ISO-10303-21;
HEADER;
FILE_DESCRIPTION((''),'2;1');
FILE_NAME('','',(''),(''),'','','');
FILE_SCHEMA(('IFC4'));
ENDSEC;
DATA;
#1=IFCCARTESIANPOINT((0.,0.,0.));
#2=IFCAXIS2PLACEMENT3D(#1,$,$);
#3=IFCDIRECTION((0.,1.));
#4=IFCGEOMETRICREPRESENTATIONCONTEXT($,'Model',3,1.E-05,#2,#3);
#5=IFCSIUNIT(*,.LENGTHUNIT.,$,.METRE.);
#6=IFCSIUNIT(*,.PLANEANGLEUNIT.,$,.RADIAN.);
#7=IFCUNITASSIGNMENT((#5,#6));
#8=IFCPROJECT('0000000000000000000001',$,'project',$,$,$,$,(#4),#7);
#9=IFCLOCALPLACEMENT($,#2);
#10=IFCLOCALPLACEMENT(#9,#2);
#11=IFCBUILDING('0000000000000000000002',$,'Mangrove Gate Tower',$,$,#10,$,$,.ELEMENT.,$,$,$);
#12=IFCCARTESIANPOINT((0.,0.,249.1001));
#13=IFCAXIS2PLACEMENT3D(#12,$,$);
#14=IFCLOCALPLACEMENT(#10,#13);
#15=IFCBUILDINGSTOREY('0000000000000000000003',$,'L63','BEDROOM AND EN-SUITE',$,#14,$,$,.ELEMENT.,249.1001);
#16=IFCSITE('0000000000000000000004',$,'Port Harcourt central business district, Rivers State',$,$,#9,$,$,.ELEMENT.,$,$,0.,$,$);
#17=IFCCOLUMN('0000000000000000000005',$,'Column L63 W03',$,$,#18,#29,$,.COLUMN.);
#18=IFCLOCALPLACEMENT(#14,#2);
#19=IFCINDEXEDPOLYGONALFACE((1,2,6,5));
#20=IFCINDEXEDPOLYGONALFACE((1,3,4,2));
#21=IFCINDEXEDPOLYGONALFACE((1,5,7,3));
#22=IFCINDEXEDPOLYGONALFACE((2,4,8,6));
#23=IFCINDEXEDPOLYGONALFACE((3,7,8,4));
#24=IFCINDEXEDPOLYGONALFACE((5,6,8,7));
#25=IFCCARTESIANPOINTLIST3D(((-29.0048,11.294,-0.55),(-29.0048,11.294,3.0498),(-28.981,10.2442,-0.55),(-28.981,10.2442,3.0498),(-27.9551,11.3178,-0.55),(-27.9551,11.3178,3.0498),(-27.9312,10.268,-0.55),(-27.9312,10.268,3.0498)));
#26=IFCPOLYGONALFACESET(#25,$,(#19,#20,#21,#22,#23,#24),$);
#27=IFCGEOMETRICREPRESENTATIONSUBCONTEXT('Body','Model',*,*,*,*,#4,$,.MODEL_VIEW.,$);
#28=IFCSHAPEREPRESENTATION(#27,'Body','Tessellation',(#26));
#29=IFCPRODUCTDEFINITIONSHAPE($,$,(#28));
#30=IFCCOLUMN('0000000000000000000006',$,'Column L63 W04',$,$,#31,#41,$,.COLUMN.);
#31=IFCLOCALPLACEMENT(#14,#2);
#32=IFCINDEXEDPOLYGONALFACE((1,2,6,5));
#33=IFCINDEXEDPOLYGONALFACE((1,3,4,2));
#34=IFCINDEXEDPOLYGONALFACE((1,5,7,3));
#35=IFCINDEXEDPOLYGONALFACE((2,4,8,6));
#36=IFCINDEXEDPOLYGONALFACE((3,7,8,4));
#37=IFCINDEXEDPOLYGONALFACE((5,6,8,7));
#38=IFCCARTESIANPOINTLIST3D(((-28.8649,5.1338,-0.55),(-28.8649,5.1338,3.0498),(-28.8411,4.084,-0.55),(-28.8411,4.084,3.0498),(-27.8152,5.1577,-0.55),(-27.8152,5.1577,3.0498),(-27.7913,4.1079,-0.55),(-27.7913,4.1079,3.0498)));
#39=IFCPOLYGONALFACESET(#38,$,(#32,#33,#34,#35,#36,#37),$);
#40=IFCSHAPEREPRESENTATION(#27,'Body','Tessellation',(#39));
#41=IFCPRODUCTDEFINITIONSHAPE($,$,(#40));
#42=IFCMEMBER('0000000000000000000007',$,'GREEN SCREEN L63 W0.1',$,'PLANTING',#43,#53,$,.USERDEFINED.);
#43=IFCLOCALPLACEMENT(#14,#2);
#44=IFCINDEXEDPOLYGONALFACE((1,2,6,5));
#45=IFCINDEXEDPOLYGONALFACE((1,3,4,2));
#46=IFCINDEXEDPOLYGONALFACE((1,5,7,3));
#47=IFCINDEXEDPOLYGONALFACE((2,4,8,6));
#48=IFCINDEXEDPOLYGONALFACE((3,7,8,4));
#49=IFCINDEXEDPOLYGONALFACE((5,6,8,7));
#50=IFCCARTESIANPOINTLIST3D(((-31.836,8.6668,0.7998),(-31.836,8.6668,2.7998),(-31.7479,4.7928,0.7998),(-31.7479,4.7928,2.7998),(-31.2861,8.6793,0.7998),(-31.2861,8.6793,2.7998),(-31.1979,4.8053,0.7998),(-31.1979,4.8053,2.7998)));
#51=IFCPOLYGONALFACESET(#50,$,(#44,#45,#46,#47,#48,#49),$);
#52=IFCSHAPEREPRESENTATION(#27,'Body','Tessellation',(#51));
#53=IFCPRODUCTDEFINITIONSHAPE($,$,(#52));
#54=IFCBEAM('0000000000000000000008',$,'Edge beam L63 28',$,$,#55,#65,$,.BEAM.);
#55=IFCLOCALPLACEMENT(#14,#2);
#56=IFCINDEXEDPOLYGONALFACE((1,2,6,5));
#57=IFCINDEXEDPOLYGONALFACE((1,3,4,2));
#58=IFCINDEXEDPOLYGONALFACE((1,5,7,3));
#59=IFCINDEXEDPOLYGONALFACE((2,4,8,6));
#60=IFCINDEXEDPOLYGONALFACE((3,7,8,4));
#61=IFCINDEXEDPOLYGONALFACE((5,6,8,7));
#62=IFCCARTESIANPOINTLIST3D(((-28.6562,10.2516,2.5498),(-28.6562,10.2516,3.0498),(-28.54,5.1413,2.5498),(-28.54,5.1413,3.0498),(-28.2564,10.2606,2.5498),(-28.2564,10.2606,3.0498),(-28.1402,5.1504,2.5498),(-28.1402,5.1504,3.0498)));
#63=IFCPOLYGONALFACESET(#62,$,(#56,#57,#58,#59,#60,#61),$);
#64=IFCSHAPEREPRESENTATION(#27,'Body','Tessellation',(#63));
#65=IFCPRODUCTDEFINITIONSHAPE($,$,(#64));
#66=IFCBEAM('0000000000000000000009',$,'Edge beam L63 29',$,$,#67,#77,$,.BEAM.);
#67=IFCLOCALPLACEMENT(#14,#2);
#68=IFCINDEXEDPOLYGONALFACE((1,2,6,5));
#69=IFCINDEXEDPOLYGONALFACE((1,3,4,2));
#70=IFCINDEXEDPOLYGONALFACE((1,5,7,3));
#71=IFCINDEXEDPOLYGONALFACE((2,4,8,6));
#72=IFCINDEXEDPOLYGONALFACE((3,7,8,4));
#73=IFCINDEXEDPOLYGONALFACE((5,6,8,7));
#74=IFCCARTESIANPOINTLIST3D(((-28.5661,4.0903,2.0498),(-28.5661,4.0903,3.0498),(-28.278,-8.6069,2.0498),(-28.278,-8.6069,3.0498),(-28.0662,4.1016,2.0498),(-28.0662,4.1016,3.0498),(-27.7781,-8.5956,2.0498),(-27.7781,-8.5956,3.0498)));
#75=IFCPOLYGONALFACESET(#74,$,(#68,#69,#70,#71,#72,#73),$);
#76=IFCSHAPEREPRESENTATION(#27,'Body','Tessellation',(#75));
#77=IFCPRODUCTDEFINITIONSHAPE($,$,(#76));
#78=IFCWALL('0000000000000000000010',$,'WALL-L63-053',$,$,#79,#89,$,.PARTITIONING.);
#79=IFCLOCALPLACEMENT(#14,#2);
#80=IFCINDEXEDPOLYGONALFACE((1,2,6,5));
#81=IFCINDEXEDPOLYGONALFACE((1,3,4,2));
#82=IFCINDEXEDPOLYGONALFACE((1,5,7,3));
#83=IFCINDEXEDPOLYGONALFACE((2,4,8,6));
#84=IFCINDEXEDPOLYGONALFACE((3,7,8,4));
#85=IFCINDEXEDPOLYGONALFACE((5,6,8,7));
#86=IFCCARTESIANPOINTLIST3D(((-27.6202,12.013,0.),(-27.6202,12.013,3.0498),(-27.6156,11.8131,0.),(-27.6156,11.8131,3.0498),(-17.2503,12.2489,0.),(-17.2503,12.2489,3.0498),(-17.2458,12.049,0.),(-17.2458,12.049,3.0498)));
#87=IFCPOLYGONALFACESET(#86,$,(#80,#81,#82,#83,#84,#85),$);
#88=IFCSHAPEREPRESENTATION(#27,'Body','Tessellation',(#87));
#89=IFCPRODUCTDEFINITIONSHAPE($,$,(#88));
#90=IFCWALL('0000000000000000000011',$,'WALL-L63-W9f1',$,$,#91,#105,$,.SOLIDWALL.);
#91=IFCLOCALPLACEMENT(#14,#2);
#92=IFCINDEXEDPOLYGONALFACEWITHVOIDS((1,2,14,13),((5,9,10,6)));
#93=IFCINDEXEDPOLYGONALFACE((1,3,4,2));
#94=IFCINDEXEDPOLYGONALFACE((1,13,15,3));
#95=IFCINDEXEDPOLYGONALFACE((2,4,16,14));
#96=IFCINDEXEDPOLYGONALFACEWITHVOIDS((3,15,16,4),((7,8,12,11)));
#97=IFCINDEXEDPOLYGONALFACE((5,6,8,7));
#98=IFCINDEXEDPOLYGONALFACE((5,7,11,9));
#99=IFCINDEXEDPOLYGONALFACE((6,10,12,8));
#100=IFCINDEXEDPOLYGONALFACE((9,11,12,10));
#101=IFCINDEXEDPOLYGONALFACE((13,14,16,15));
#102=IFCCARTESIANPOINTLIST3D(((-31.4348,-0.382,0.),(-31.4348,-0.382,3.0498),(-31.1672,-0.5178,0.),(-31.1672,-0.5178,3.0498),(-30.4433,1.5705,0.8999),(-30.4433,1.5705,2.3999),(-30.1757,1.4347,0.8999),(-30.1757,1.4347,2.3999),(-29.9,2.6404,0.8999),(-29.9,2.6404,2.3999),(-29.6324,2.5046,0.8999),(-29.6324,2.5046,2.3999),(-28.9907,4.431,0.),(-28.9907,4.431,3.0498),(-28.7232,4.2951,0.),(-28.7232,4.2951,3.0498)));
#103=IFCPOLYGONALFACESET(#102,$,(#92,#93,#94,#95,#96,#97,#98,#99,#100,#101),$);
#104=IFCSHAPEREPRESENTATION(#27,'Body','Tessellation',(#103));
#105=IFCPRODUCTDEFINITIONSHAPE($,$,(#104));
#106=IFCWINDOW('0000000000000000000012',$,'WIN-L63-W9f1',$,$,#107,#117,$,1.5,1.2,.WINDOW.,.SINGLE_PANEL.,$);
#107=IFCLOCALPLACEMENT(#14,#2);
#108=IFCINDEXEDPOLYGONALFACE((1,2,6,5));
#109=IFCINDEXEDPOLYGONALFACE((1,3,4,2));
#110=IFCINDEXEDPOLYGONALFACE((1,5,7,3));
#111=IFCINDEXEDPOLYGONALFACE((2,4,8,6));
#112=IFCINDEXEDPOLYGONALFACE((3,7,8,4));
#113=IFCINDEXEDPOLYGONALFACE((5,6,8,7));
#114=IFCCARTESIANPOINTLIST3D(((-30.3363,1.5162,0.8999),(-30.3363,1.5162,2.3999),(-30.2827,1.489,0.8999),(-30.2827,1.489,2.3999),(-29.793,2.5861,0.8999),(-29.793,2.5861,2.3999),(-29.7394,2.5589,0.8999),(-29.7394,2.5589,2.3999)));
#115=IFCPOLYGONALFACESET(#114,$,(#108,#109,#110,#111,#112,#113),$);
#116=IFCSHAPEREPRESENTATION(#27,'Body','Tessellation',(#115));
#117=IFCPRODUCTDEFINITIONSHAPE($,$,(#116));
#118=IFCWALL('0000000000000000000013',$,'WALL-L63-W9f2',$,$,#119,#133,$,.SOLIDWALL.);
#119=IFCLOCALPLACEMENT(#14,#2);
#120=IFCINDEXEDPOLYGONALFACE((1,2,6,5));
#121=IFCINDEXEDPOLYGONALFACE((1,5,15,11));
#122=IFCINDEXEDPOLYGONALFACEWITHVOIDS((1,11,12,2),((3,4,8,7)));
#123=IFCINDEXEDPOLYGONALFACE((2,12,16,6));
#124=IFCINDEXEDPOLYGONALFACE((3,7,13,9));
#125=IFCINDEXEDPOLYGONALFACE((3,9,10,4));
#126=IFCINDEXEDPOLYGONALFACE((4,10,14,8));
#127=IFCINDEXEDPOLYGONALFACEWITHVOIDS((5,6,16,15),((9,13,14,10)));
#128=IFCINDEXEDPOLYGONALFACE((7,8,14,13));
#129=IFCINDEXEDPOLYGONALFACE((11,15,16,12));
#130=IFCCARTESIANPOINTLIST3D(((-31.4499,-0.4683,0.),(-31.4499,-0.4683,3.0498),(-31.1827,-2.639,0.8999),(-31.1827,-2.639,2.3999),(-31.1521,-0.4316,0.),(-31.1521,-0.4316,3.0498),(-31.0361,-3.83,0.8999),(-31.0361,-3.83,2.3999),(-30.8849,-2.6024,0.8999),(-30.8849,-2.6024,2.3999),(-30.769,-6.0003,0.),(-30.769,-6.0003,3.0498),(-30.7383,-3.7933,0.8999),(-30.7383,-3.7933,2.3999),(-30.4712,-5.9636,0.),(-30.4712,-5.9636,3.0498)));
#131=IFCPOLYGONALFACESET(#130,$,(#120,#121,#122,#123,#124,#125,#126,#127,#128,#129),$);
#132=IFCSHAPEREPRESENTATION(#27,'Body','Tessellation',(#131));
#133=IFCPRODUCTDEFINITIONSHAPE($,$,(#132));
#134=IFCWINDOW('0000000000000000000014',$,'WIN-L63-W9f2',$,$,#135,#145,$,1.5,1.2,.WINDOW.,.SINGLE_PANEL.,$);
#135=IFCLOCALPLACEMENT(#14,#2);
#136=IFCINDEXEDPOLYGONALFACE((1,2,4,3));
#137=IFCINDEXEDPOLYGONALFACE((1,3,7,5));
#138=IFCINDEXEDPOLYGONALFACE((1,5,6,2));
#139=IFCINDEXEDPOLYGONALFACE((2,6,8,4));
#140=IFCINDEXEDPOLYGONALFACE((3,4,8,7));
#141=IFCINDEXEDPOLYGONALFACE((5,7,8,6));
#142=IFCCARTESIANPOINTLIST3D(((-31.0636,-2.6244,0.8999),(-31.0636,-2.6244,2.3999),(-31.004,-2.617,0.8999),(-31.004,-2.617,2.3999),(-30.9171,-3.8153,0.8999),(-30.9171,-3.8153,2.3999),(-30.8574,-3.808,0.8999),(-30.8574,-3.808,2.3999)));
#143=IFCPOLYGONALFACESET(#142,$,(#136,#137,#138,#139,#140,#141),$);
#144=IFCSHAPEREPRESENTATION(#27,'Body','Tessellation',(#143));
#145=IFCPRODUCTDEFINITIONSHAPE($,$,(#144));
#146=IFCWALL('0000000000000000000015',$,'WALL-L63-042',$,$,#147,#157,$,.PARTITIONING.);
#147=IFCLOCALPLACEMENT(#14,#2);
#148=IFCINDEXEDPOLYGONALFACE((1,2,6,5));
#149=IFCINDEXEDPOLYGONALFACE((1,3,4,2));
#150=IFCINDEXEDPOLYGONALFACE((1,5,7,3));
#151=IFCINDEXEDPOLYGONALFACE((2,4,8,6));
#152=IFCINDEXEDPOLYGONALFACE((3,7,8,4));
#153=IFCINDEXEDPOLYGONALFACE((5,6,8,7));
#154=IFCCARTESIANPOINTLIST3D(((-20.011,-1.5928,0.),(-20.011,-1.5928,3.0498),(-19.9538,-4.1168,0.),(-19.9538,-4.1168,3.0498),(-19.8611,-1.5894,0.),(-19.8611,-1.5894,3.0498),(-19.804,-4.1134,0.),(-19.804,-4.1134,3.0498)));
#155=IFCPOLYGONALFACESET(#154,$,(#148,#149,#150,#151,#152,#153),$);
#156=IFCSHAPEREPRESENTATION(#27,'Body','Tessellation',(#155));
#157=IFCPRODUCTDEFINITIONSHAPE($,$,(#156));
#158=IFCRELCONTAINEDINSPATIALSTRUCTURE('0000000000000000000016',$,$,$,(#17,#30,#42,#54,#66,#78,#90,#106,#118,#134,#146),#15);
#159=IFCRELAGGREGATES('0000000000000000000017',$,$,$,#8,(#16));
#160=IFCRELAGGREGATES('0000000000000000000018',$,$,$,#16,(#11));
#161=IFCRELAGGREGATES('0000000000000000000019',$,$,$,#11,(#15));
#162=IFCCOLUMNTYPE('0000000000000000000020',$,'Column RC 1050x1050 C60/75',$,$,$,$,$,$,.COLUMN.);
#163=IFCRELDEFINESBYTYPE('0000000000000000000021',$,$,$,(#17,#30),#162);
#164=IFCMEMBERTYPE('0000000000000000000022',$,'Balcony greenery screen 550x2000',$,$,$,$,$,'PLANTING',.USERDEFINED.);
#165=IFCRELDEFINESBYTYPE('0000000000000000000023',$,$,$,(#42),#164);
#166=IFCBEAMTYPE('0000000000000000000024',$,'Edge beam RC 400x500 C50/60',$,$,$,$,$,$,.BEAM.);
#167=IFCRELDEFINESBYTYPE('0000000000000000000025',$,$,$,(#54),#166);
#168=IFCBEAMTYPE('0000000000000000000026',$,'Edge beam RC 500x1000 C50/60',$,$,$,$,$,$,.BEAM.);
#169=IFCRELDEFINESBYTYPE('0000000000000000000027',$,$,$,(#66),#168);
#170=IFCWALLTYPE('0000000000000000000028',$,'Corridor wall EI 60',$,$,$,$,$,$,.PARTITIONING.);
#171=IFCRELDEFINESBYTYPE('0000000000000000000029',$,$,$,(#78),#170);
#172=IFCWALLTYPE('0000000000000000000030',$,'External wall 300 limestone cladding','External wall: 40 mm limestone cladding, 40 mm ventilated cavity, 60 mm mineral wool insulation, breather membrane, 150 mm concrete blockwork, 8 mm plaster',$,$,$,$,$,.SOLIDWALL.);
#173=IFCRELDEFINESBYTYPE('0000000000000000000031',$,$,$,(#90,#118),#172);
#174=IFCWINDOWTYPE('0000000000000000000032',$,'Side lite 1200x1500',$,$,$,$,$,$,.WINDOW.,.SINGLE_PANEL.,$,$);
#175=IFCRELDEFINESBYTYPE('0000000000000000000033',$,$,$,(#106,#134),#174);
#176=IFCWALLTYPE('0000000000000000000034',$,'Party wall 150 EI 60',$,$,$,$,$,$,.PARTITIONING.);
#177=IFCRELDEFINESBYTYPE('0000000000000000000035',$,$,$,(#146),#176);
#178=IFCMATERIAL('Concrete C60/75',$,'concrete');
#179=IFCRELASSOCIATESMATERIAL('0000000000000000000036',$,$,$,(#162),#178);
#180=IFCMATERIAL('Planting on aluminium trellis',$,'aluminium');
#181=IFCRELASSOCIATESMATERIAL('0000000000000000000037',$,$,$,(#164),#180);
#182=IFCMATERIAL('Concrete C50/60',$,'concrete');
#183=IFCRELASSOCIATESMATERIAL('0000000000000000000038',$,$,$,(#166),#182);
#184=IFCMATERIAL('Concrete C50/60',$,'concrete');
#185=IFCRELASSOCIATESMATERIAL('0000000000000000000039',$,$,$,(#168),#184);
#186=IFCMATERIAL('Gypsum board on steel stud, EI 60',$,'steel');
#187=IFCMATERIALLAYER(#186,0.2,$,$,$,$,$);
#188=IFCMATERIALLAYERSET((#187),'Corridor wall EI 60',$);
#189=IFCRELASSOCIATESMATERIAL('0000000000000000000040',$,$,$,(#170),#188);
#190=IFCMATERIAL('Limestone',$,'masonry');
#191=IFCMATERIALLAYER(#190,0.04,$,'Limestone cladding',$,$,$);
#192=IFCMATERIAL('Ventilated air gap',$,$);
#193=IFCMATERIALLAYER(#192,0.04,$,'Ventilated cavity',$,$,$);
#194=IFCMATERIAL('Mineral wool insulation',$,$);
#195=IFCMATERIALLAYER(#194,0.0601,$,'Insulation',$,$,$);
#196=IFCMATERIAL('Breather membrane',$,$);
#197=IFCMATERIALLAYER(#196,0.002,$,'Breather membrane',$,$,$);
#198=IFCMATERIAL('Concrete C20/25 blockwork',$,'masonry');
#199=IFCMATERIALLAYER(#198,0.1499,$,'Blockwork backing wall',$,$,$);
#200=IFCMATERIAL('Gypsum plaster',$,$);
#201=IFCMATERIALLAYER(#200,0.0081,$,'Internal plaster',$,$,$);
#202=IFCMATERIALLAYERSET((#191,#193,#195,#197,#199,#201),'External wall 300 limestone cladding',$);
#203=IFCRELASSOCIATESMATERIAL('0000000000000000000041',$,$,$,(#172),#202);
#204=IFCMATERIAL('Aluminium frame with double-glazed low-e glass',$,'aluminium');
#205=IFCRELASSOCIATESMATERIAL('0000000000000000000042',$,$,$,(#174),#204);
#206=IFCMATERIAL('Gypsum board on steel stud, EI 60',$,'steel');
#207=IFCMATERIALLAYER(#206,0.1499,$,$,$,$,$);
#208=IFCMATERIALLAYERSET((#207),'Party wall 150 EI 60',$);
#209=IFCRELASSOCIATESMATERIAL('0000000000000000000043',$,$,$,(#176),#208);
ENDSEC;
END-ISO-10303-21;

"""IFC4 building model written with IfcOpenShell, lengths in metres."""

from ifc_helpers import new_model, si_unit, direction, frame, frame_2d, origin, origin_2d, place, context, subcontext, project, spatial, rectangle, extrude, material, layer, layer_set, material_profile, profile_set, type_object, element, fill, save


model = new_model("IFC4")

# Units and contexts
model_context = context("Model", 3, precision=1e-05, world=origin(), true_north=direction((0.0, 1.0)))
body_context = subcontext(model_context, "Body", "Model", "MODEL_VIEW")
ifc_project = project(units=[si_unit("LENGTHUNIT", "METRE"), si_unit("PLANEANGLEUNIT", "RADIAN")], contexts=[model_context])

# Site, building, storey
site_placement = place(None, origin())
site = spatial("IfcSite", under=ifc_project, at=site_placement, Name="Port Harcourt central business district, Rivers State", CompositionType="ELEMENT", RefElevation=0.0)
building_placement = place(site_placement, origin())
building = spatial("IfcBuilding", under=site, at=building_placement, Name="Mangrove Gate Tower", CompositionType="ELEMENT")
storey_placement = place(building_placement, frame((0.0, 0.0, 249.1001)))
storey = spatial("IfcBuildingStorey", under=building, at=storey_placement, Name="L63", Description="BEDROOM AND EN-SUITE", CompositionType="ELEMENT", Elevation=249.1001)

# Columns
ifc_material_1 = material(Name="Concrete C60/75", Category="concrete")
ifc_material_profile_1 = material_profile(ifc_material_1, rectangle(XDim=1.05, YDim=1.05, at=origin_2d()))
ifc_profile_set_1 = profile_set([ifc_material_profile_1], Name="Concrete C60/75")
column_type = type_object("IfcColumnType", Name="Column RC 1050x1050 C60/75", PredefinedType="COLUMN", material=ifc_profile_set_1)
for number, where, z_axis, x_axis, name in (
    (1, (-28.468, 10.781, -0.55), (0.0, 0.0, 1.0), (0.02272, -0.999742, 0.0), "Column L63 W03"),
    (2, (-28.3281, 4.6208, -0.55), (0.0, 0.0, 1.0), (0.0227, -0.999742, 0.0), "Column L63 W04"),
):
    element("IfcColumn", number, at=place(storey_placement, frame(where, z_axis=z_axis, x_axis=x_axis)), inside=storey, type_object=column_type, Name=name, PredefinedType="COLUMN", context=body_context, shape_type="SweptSolid", body=[
        extrude(rectangle(XDim=1.05, YDim=1.05, at=origin_2d()), origin(), (0.0, 0.0, 1.0), 3.5999),
    ])

# Member
ifc_material_2 = material(Name="Planting on aluminium trellis", Category="aluminium")
ifc_material_profile_2 = material_profile(ifc_material_2, rectangle(XDim=0.55, YDim=2.0, at=origin_2d()))
ifc_profile_set_2 = profile_set([ifc_material_profile_2], Name="Planting on aluminium trellis")
member_type = type_object("IfcMemberType", Name="Balcony greenery screen 550x2000", ElementType="PLANTING", PredefinedType="USERDEFINED", material=ifc_profile_set_2)
member_placement = place(storey_placement, frame((-31.4729, 4.7991, 1.7998), z_axis=(-0.022744, 0.999741, 0.0), x_axis=(-0.999741, -0.022744, 0.0)))
element("IfcMember", 3, at=member_placement, inside=storey, type_object=member_type, Name="GREEN SCREEN L63 W0.1", ObjectType="PLANTING", PredefinedType="USERDEFINED", context=body_context, shape_type="SweptSolid", body=[
    extrude(rectangle(XDim=0.55, YDim=2.0, at=origin_2d()), origin(), (0.0, 0.0, 1.0), 3.875),
])

# Beams
ifc_material_3 = material(Name="Concrete C50/60", Category="concrete")
ifc_material_profile_3 = material_profile(ifc_material_3, rectangle(XDim=0.3999, YDim=0.5, at=origin_2d()))
ifc_profile_set_3 = profile_set([ifc_material_profile_3], Name="Concrete C50/60")
beam_type_1 = type_object("IfcBeamType", Name="Edge beam RC 400x500 C50/60", PredefinedType="BEAM", material=ifc_profile_set_3)
beam_1_placement = place(storey_placement, frame((-28.4563, 10.2561, 2.7998), z_axis=(0.022734, -0.999742, 0.0), x_axis=(0.999742, 0.022734, 0.0)))
element("IfcBeam", 4, at=beam_1_placement, inside=storey, type_object=beam_type_1, Name="Edge beam L63 28", PredefinedType="BEAM", context=body_context, shape_type="SweptSolid", body=[
    extrude(rectangle(XDim=0.3999, YDim=0.5, at=origin_2d()), origin(), (0.0, 0.0, 1.0), 5.1116),
])
ifc_material_4 = material(Name="Concrete C50/60", Category="concrete")
ifc_material_profile_4 = material_profile(ifc_material_4, rectangle(XDim=0.5, YDim=1.0, at=origin_2d()))
ifc_profile_set_4 = profile_set([ifc_material_profile_4], Name="Concrete C50/60")
beam_type_2 = type_object("IfcBeamType", Name="Edge beam RC 500x1000 C50/60", PredefinedType="BEAM", material=ifc_profile_set_4)
beam_2_placement = place(storey_placement, frame((-28.3162, 4.0959, 2.5498), z_axis=(0.022683, -0.999743, 0.0), x_axis=(0.999743, 0.022683, 0.0)))
element("IfcBeam", 5, at=beam_2_placement, inside=storey, type_object=beam_type_2, Name="Edge beam L63 29", PredefinedType="BEAM", context=body_context, shape_type="SweptSolid", body=[
    extrude(rectangle(XDim=0.5, YDim=1.0, at=origin_2d()), origin(), (0.0, 0.0, 1.0), 12.7004),
])

# Wall
ifc_material_5 = material(Name="Gypsum board on steel stud, EI 60", Category="steel")
ifc_layer_1 = layer(ifc_material_5, 0.2)
ifc_layer_set_1 = layer_set([ifc_layer_1], Name="Corridor wall EI 60")
wall_type_1 = type_object("IfcWallType", Name="Corridor wall EI 60", PredefinedType="PARTITIONING", material=ifc_layer_set_1)
wall_1_placement = place(storey_placement, frame((-27.6179, 11.9131, 0.0), z_axis=(0.0, 0.0, 1.0), x_axis=(0.999741, 0.022737, 0.0)))
element("IfcWall", 6, at=wall_1_placement, inside=storey, type_object=wall_type_1, Name="WALL-L63-053", PredefinedType="PARTITIONING", context=body_context, shape_type="SweptSolid", body=[
    extrude(rectangle(XDim=10.3726, YDim=0.2, at=frame_2d((5.1863, 0.0))), origin(), (0.0, 0.0, 1.0), 3.0498),
])

# Walls, openings, windows
ifc_material_6 = material(Name="Limestone", Category="masonry")
ifc_layer_2 = layer(ifc_material_6, 0.04, Name="Limestone cladding")
ifc_material_7 = material(Name="Ventilated air gap")
ifc_layer_3 = layer(ifc_material_7, 0.04, Name="Ventilated cavity")
ifc_material_8 = material(Name="Mineral wool insulation")
ifc_layer_4 = layer(ifc_material_8, 0.0601, Name="Insulation")
ifc_material_9 = material(Name="Breather membrane")
ifc_layer_5 = layer(ifc_material_9, 0.002, Name="Breather membrane")
ifc_material_10 = material(Name="Concrete C20/25 blockwork", Category="masonry")
ifc_layer_6 = layer(ifc_material_10, 0.1499, Name="Blockwork backing wall")
ifc_material_11 = material(Name="Gypsum plaster")
ifc_layer_7 = layer(ifc_material_11, 0.0081, Name="Internal plaster")
ifc_layer_set_2 = layer_set([ifc_layer_2, ifc_layer_3, ifc_layer_4, ifc_layer_5, ifc_layer_6, ifc_layer_7], Name="External wall 300 limestone cladding")
wall_type_2 = type_object("IfcWallType", Name="External wall 300 limestone cladding", Description="External wall: 40 mm limestone cladding, 40 mm ventilated cavity, 60 mm mineral wool insulation, breather membrane, 150 mm concrete blockwork, 8 mm plaster", PredefinedType="SOLIDWALL", material=ifc_layer_set_2)
wall_2_placement = place(storey_placement, frame((-28.8569, 4.363, 0.0), z_axis=(0.0, 0.0, 1.0), x_axis=(-0.452777, -0.891624, 0.0)))
wall_2 = element("IfcWall", 7, at=wall_2_placement, inside=storey, type_object=wall_type_2, Name="WALL-L63-W9f1", PredefinedType="SOLIDWALL", context=body_context, shape_type="SweptSolid", body=[
    extrude(rectangle(XDim=5.3979, YDim=0.3, at=frame_2d((2.699, 0.0))), origin(), (0.0, 0.0, 1.0), 3.0498),
])
opening_1_placement = place(wall_2_placement, frame((2.0081, 0.0, 0.8999)))
opening_1 = element("IfcOpeningElement", 8, at=opening_1_placement, cuts=wall_2, PredefinedType="OPENING", context=body_context, shape_type="SweptSolid", body=[
    extrude(rectangle(XDim=1.2, YDim=1.5, at=frame_2d((0.6001, 0.75))), frame((0.0, 0.1599, 0.0), z_axis=(0.0, -1.0, 0.0), x_axis=(1.0, 0.0, 0.0)), (0.0, 0.0, 1.0), 0.3201),
])
ifc_material_12 = material(Name="Aluminium frame with double-glazed low-e glass", Category="aluminium")
window_type = type_object("IfcWindowType", Name="Side lite 1200x1500", PartitioningType="SINGLE_PANEL", PredefinedType="WINDOW", material=ifc_material_12)
window_1_placement = place(opening_1_placement, origin())
window_1 = element("IfcWindow", 9, at=window_1_placement, inside=storey, type_object=window_type, Name="WIN-L63-W9f1", OverallHeight=1.5, OverallWidth=1.2, PartitioningType="SINGLE_PANEL", PredefinedType="WINDOW", context=body_context, shape_type="SweptSolid", body=[
    extrude(rectangle(XDim=1.2, YDim=1.5, at=frame_2d((0.6001, 0.75))), frame((0.0, 0.03, 0.0), z_axis=(0.0, -1.0, 0.0), x_axis=(1.0, 0.0, 0.0)), (0.0, 0.0, 1.0), 0.0601),
])
fill(opening_1, window_1)
wall_3_placement = place(storey_placement, frame((-31.301, -0.45, 0.0), z_axis=(0.0, 0.0, 1.0), x_axis=(0.122164, -0.99251, 0.0)))
wall_3 = element("IfcWall", 10, at=wall_3_placement, inside=storey, type_object=wall_type_2, Name="WALL-L63-W9f2", PredefinedType="SOLIDWALL", context=body_context, shape_type="SweptSolid", body=[
    extrude(rectangle(XDim=5.5737, YDim=0.3, at=frame_2d((2.7869, 0.0))), origin(), (0.0, 0.0, 1.0), 3.0498),
])
opening_2_placement = place(wall_3_placement, frame((2.187, 0.0, 0.8999)))
opening_2 = element("IfcOpeningElement", 11, at=opening_2_placement, cuts=wall_3, PredefinedType="OPENING", context=body_context, shape_type="SweptSolid", body=[
    extrude(rectangle(XDim=1.2, YDim=1.5, at=frame_2d((0.6001, 0.75))), frame((0.0, 0.1599, 0.0), z_axis=(0.0, -1.0, 0.0), x_axis=(1.0, 0.0, 0.0)), (0.0, 0.0, 1.0), 0.3201),
])
window_2_placement = place(opening_2_placement, origin())
window_2 = element("IfcWindow", 12, at=window_2_placement, inside=storey, type_object=window_type, Name="WIN-L63-W9f2", OverallHeight=1.5, OverallWidth=1.2, PartitioningType="SINGLE_PANEL", PredefinedType="WINDOW", context=body_context, shape_type="SweptSolid", body=[
    extrude(rectangle(XDim=1.2, YDim=1.5, at=frame_2d((0.6001, 0.75))), frame((0.0, 0.03, 0.0), z_axis=(0.0, -1.0, 0.0), x_axis=(1.0, 0.0, 0.0)), (0.0, 0.0, 1.0), 0.0601),
])
fill(opening_2, window_2)

# Wall
ifc_material_13 = material(Name="Gypsum board on steel stud, EI 60", Category="steel")
ifc_layer_8 = layer(ifc_material_13, 0.1499)
ifc_layer_set_3 = layer_set([ifc_layer_8], Name="Party wall 150 EI 60")
wall_type_3 = type_object("IfcWallType", Name="Party wall 150 EI 60", PredefinedType="PARTITIONING", material=ifc_layer_set_3)
wall_4_placement = place(storey_placement, frame((-19.8789, -4.115, 0.0), z_axis=(0.0, 0.0, 1.0), x_axis=(-0.022629, 0.999744, 0.0)))
element("IfcWall", 13, at=wall_4_placement, inside=storey, type_object=wall_type_3, Name="WALL-L63-042", PredefinedType="PARTITIONING", context=body_context, shape_type="SweptSolid", body=[
    extrude(rectangle(XDim=2.5247, YDim=0.1499, at=frame_2d((1.2622, 0.0))), origin(), (0.0, 0.0, 1.0), 3.0498),
])

save(model, "model.ifc")
